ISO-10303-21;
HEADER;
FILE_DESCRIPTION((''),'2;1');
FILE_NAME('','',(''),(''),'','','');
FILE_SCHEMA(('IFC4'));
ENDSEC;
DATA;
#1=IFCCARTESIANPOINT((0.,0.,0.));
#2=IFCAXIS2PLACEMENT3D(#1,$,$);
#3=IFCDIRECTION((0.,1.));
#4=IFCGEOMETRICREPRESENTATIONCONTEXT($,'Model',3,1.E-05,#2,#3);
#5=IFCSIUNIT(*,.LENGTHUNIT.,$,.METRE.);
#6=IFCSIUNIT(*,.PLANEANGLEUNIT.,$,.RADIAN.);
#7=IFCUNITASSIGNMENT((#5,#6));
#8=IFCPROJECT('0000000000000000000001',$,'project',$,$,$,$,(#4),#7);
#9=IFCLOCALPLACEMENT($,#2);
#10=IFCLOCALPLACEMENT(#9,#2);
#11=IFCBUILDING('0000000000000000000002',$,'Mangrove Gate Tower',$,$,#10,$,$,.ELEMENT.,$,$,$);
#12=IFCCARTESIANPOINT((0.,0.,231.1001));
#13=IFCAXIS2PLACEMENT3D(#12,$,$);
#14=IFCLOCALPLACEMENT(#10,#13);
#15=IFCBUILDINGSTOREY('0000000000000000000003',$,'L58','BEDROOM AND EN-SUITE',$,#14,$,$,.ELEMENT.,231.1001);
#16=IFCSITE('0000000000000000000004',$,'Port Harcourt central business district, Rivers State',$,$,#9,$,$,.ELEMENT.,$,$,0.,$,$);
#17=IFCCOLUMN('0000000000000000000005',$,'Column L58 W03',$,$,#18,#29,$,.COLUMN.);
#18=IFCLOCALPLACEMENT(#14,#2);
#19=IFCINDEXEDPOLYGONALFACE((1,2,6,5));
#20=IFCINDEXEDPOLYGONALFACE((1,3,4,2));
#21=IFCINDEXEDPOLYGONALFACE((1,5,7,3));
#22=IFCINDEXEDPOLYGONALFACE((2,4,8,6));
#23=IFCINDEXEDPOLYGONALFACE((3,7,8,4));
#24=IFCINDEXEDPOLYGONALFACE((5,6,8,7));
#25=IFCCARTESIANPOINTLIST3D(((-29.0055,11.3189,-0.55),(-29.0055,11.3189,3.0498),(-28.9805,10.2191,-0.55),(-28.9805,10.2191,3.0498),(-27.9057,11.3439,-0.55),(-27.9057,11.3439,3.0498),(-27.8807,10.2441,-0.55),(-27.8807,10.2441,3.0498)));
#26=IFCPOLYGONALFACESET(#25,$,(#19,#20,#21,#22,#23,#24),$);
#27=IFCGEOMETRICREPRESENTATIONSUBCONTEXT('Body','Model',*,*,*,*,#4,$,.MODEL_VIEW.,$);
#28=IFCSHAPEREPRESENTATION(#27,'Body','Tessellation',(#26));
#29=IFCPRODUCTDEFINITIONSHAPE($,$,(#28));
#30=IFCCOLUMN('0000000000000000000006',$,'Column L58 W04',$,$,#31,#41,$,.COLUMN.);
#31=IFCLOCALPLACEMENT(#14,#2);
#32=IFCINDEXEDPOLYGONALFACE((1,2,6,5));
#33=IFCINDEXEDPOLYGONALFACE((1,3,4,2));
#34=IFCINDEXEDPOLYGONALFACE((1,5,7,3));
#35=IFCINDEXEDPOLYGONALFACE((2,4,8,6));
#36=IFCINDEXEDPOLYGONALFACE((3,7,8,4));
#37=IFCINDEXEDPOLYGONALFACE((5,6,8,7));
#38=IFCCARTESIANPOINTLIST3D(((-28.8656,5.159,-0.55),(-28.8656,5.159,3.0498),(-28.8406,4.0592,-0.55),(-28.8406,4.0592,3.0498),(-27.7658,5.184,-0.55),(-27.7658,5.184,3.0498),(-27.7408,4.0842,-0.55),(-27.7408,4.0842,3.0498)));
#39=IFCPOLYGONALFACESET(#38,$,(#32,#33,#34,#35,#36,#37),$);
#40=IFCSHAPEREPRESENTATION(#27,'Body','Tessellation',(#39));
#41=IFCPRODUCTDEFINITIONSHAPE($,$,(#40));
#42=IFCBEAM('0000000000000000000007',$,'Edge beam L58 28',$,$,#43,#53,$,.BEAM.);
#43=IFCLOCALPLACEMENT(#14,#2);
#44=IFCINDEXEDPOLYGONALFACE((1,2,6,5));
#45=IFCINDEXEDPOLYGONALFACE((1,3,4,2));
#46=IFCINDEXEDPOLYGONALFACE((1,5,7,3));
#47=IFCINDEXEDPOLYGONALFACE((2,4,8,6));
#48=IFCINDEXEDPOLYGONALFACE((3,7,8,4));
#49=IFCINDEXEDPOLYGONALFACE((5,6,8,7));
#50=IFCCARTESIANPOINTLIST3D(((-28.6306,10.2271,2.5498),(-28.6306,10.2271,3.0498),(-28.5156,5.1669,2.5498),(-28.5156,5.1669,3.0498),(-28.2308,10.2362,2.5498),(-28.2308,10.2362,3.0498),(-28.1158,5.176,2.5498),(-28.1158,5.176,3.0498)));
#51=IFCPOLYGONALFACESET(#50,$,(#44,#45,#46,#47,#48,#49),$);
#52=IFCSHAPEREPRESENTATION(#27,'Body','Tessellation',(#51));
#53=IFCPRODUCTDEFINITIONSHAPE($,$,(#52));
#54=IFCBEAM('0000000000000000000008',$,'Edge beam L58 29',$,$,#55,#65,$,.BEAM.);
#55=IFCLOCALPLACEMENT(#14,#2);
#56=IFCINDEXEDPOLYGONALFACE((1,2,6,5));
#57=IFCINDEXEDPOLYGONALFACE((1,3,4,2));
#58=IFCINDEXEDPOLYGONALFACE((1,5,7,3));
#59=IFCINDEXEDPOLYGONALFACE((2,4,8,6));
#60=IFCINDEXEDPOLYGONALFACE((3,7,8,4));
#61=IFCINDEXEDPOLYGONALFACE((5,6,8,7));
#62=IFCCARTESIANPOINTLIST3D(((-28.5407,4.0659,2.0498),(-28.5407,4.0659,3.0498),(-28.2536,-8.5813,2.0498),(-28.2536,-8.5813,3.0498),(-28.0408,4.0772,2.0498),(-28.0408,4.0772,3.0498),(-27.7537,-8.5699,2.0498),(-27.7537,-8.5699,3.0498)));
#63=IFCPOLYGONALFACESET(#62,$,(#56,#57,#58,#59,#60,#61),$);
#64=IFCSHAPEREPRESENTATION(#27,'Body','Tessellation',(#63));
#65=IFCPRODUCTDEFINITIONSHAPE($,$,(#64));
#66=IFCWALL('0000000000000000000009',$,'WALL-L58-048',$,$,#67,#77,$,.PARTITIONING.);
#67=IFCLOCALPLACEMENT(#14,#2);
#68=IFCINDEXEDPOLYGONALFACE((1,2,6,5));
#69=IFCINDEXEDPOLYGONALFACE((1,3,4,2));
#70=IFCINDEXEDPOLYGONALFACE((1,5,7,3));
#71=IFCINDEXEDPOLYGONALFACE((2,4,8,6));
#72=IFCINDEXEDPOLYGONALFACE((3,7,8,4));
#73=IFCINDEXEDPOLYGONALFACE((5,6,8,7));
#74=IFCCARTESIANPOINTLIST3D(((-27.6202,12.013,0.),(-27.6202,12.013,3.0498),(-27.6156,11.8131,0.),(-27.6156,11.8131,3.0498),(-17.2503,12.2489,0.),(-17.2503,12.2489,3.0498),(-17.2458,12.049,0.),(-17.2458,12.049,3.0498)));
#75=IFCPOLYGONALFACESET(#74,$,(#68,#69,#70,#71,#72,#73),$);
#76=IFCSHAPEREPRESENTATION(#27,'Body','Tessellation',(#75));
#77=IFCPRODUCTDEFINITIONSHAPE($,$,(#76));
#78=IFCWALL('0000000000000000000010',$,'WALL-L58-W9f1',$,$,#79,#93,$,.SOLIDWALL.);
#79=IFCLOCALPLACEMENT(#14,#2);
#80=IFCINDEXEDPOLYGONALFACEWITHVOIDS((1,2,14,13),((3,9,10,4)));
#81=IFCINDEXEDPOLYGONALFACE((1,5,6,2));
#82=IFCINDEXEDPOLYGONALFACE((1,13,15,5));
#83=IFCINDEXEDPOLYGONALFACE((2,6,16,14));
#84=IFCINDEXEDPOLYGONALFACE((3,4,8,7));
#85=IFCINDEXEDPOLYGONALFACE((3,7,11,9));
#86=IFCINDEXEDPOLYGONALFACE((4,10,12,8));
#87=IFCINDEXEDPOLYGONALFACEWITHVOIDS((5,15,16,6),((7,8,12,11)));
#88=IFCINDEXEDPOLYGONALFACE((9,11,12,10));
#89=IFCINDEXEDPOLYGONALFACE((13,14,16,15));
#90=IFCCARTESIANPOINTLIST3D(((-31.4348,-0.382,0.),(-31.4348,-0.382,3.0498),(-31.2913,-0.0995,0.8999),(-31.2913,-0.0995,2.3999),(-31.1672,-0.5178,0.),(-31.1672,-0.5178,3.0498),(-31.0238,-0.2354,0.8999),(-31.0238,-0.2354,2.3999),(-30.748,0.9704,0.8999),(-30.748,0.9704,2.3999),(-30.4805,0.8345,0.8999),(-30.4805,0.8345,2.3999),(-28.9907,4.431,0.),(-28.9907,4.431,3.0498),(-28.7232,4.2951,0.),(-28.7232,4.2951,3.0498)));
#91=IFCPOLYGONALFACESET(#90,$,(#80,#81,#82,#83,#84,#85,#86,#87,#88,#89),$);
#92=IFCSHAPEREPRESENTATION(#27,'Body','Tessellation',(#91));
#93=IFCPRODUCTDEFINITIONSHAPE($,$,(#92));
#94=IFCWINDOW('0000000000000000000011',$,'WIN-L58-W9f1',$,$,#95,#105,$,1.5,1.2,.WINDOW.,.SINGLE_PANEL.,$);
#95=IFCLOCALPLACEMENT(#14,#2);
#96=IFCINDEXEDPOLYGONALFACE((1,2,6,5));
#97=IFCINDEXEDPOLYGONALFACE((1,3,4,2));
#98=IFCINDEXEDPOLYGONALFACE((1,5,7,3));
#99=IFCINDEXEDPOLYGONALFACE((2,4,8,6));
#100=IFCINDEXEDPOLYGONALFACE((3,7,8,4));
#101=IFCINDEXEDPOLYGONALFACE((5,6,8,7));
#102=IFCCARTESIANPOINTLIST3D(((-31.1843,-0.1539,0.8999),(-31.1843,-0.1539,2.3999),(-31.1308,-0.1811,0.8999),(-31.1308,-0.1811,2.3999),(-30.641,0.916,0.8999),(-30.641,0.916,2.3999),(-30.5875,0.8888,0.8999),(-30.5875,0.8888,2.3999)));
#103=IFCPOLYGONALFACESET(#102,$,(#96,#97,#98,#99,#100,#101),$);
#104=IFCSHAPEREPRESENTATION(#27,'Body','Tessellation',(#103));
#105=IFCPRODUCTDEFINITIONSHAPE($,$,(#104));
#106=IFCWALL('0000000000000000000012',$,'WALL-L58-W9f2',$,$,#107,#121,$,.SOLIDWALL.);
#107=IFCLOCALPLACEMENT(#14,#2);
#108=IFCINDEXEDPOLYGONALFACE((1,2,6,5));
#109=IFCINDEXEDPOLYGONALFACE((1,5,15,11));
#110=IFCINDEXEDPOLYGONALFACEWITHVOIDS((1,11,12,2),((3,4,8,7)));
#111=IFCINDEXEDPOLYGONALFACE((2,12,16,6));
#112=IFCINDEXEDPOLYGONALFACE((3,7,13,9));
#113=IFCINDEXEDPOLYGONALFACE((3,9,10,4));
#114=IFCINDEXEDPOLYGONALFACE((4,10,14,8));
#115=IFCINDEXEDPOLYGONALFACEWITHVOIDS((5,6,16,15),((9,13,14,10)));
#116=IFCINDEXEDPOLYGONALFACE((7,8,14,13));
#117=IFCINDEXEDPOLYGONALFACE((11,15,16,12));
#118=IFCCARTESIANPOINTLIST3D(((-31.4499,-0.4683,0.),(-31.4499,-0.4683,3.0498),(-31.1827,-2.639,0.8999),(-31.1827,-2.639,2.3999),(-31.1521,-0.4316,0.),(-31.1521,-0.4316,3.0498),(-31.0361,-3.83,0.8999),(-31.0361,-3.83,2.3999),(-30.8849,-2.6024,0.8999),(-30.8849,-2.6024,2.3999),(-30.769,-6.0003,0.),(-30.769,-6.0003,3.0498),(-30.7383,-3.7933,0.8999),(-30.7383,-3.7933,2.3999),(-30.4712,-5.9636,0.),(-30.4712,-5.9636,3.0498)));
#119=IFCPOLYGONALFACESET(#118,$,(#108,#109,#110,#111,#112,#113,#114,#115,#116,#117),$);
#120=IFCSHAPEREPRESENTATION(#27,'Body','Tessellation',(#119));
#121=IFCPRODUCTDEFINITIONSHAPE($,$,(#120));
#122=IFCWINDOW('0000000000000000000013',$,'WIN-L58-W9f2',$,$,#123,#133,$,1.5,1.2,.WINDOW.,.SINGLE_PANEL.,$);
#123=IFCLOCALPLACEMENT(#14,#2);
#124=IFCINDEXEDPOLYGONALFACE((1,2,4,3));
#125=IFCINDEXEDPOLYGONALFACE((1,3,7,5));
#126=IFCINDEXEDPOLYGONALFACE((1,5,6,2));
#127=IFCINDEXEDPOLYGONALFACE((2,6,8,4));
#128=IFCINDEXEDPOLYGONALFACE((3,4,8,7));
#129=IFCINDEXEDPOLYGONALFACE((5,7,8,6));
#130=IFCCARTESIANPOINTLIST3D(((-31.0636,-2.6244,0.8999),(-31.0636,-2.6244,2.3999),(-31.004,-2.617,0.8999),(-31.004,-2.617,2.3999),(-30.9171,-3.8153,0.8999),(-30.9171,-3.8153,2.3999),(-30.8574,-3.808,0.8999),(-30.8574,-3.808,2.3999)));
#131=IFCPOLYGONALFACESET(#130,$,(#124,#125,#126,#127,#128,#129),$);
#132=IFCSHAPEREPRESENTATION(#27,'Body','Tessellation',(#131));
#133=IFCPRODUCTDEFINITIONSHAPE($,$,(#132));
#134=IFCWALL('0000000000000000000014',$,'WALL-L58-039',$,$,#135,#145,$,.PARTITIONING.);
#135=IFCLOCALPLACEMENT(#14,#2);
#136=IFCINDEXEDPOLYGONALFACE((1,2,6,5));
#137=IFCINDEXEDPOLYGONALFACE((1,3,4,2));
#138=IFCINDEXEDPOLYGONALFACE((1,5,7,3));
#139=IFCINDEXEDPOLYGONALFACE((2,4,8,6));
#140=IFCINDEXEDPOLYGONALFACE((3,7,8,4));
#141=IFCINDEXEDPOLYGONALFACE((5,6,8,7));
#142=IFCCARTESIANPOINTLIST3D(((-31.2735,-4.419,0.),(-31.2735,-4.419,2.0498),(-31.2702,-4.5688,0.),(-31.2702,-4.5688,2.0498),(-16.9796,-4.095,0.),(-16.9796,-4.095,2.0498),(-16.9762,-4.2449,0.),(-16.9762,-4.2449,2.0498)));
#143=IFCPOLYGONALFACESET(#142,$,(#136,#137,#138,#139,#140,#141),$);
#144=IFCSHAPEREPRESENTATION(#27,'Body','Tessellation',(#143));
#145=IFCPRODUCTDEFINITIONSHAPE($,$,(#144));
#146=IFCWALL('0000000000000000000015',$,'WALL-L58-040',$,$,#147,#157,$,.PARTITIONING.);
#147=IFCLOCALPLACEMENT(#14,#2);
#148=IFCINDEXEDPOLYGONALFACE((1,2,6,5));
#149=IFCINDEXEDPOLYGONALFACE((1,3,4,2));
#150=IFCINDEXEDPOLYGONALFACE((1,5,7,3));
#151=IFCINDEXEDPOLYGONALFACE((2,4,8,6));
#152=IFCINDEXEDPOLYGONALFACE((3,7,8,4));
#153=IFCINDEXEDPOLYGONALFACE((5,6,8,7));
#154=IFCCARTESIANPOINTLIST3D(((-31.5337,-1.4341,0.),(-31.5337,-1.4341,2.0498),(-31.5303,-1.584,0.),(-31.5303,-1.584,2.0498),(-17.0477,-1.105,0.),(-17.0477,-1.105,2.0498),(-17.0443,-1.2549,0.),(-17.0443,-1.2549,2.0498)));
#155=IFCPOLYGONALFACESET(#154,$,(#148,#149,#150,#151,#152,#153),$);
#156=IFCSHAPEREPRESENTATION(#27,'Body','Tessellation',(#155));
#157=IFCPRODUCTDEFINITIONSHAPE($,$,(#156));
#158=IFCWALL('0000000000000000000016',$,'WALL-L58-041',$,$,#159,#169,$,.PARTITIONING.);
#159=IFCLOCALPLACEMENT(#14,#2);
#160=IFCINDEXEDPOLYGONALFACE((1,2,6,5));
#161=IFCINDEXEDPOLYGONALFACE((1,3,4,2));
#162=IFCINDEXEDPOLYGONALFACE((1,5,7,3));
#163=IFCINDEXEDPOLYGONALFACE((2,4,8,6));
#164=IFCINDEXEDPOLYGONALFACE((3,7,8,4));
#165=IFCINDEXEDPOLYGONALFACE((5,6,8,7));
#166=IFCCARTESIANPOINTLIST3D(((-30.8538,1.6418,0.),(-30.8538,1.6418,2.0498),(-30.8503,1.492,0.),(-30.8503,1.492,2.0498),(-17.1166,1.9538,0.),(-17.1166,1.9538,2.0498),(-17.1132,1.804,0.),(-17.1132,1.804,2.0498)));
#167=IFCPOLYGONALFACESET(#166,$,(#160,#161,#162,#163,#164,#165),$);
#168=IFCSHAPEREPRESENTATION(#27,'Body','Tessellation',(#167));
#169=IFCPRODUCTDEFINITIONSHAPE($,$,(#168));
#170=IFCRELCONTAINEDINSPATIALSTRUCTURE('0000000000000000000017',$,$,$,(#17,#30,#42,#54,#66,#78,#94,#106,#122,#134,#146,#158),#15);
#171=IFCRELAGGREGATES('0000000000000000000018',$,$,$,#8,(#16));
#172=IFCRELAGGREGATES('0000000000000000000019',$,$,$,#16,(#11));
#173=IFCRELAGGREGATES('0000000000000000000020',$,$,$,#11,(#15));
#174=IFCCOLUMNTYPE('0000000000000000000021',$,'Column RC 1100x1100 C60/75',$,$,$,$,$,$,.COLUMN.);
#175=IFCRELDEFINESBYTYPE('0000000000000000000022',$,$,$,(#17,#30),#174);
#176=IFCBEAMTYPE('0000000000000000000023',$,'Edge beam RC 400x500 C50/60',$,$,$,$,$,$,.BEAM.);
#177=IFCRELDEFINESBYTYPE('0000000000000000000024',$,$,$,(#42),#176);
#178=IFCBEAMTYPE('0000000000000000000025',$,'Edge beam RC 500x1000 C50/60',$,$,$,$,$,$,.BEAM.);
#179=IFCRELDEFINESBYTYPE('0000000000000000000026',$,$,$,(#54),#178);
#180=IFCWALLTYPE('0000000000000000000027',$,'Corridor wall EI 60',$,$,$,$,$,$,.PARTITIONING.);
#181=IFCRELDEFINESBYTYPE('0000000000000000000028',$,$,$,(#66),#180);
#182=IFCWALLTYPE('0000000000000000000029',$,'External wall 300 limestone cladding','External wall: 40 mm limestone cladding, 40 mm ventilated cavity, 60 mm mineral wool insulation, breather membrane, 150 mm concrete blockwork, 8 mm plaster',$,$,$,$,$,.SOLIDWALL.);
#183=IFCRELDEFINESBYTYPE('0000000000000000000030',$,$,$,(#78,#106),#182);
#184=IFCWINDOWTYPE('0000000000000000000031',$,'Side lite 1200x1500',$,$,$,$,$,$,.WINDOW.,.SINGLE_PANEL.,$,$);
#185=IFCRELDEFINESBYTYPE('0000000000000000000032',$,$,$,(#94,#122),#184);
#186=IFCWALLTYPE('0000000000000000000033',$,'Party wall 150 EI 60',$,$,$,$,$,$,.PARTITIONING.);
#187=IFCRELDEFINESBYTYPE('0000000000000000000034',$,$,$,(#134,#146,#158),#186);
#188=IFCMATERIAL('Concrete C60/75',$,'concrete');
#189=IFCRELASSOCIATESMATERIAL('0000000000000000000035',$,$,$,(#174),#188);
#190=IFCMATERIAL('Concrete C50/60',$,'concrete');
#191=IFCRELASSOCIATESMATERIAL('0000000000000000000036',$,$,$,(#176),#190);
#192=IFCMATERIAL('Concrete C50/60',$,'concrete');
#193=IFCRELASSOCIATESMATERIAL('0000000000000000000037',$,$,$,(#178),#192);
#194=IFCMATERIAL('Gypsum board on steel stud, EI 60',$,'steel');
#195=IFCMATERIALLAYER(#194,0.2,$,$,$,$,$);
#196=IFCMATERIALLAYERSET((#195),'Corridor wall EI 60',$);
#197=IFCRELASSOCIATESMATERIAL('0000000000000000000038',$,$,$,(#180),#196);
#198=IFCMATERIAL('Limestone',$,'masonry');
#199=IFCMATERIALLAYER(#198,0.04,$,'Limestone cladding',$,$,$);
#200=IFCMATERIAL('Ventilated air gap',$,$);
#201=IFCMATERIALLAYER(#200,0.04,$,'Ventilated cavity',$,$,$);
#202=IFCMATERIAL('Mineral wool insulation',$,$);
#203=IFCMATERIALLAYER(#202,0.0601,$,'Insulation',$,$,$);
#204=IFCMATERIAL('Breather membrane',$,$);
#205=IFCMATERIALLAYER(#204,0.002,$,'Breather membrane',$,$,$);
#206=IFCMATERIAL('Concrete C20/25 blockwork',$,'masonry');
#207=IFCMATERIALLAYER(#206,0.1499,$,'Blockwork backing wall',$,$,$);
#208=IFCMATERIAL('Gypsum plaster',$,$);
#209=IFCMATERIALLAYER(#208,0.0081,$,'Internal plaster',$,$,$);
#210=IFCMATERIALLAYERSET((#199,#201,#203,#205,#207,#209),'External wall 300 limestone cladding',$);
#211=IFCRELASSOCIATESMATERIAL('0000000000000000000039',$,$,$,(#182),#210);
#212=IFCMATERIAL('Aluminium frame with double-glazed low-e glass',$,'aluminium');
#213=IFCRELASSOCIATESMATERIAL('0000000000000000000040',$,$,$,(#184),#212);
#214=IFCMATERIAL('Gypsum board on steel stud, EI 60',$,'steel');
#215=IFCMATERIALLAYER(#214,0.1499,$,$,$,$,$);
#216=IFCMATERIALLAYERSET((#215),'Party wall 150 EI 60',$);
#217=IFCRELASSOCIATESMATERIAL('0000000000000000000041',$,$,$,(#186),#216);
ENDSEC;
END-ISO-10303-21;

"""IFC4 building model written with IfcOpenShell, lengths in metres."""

from ifc_helpers import new_model, si_unit, direction, frame, frame_2d, origin, origin_2d, place, context, subcontext, project, spatial, rectangle, extrude, material, layer, layer_set, material_profile, profile_set, type_object, element, fill, save


model = new_model("IFC4")

# Units and contexts
model_context = context("Model", 3, precision=1e-05, world=origin(), true_north=direction((0.0, 1.0)))
body_context = subcontext(model_context, "Body", "Model", "MODEL_VIEW")
ifc_project = project(units=[si_unit("LENGTHUNIT", "METRE"), si_unit("PLANEANGLEUNIT", "RADIAN")], contexts=[model_context])

# Site, building, storey
site_placement = place(None, origin())
site = spatial("IfcSite", under=ifc_project, at=site_placement, Name="Port Harcourt central business district, Rivers State", CompositionType="ELEMENT", RefElevation=0.0)
building_placement = place(site_placement, origin())
building = spatial("IfcBuilding", under=site, at=building_placement, Name="Mangrove Gate Tower", CompositionType="ELEMENT")
storey_placement = place(building_placement, frame((0.0, 0.0, 231.1001)))
storey = spatial("IfcBuildingStorey", under=building, at=storey_placement, Name="L58", Description="BEDROOM AND EN-SUITE", CompositionType="ELEMENT", Elevation=231.1001)

# Columns
ifc_material_1 = material(Name="Concrete C60/75", Category="concrete")
ifc_material_profile_1 = material_profile(ifc_material_1, rectangle(XDim=1.1001, YDim=1.1001, at=origin_2d()))
ifc_profile_set_1 = profile_set([ifc_material_profile_1], Name="Concrete C60/75")
column_type = type_object("IfcColumnType", Name="Column RC 1100x1100 C60/75", PredefinedType="COLUMN", material=ifc_profile_set_1)
for number, where, z_axis, x_axis, name in (
    (1, (-28.4431, 10.7815, -0.55), (0.0, 0.0, 1.0), (0.02272, -0.999742, 0.0), "Column L58 W03"),
    (2, (-28.3032, 4.6216, -0.55), (0.0, 0.0, 1.0), (0.0227, -0.999742, 0.0), "Column L58 W04"),
):
    element("IfcColumn", number, at=place(storey_placement, frame(where, z_axis=z_axis, x_axis=x_axis)), inside=storey, type_object=column_type, Name=name, PredefinedType="COLUMN", context=body_context, shape_type="SweptSolid", body=[
        extrude(rectangle(XDim=1.1001, YDim=1.1001, at=origin_2d()), origin(), (0.0, 0.0, 1.0), 3.5999),
    ])

# Beams
ifc_material_2 = material(Name="Concrete C50/60", Category="concrete")
ifc_material_profile_2 = material_profile(ifc_material_2, rectangle(XDim=0.3999, YDim=0.5, at=origin_2d()))
ifc_profile_set_2 = profile_set([ifc_material_profile_2], Name="Concrete C50/60")
beam_type_1 = type_object("IfcBeamType", Name="Edge beam RC 400x500 C50/60", PredefinedType="BEAM", material=ifc_profile_set_2)
beam_1_placement = place(storey_placement, frame((-28.4307, 10.2317, 2.7998), z_axis=(0.022718, -0.999742, 0.0), x_axis=(0.999742, 0.022718, 0.0)))
element("IfcBeam", 3, at=beam_1_placement, inside=storey, type_object=beam_type_1, Name="Edge beam L58 28", PredefinedType="BEAM", context=body_context, shape_type="SweptSolid", body=[
    extrude(rectangle(XDim=0.3999, YDim=0.5, at=origin_2d()), origin(), (0.0, 0.0, 1.0), 5.0615),
])
ifc_material_3 = material(Name="Concrete C50/60", Category="concrete")
ifc_material_profile_3 = material_profile(ifc_material_3, rectangle(XDim=0.5, YDim=1.0, at=origin_2d()))
ifc_profile_set_3 = profile_set([ifc_material_profile_3], Name="Concrete C50/60")
beam_type_2 = type_object("IfcBeamType", Name="Edge beam RC 500x1000 C50/60", PredefinedType="BEAM", material=ifc_profile_set_3)
beam_2_placement = place(storey_placement, frame((-28.2908, 4.0715, 2.5498), z_axis=(0.022696, -0.999742, 0.0), x_axis=(0.999742, 0.022696, 0.0)))
element("IfcBeam", 4, at=beam_2_placement, inside=storey, type_object=beam_type_2, Name="Edge beam L58 29", PredefinedType="BEAM", context=body_context, shape_type="SweptSolid", body=[
    extrude(rectangle(XDim=0.5, YDim=1.0, at=origin_2d()), origin(), (0.0, 0.0, 1.0), 12.6504),
])

# Wall
ifc_material_4 = material(Name="Gypsum board on steel stud, EI 60", Category="steel")
ifc_layer_1 = layer(ifc_material_4, 0.2)
ifc_layer_set_1 = layer_set([ifc_layer_1], Name="Corridor wall EI 60")
wall_type_1 = type_object("IfcWallType", Name="Corridor wall EI 60", PredefinedType="PARTITIONING", material=ifc_layer_set_1)
wall_1_placement = place(storey_placement, frame((-27.6179, 11.9131, 0.0), z_axis=(0.0, 0.0, 1.0), x_axis=(0.999741, 0.022737, 0.0)))
element("IfcWall", 5, at=wall_1_placement, inside=storey, type_object=wall_type_1, Name="WALL-L58-048", PredefinedType="PARTITIONING", context=body_context, shape_type="SweptSolid", body=[
    extrude(rectangle(XDim=10.3726, YDim=0.2, at=frame_2d((5.1863, 0.0))), origin(), (0.0, 0.0, 1.0), 3.0498),
])

# Walls, openings, windows
ifc_material_5 = material(Name="Limestone", Category="masonry")
ifc_layer_2 = layer(ifc_material_5, 0.04, Name="Limestone cladding")
ifc_material_6 = material(Name="Ventilated air gap")
ifc_layer_3 = layer(ifc_material_6, 0.04, Name="Ventilated cavity")
ifc_material_7 = material(Name="Mineral wool insulation")
ifc_layer_4 = layer(ifc_material_7, 0.0601, Name="Insulation")
ifc_material_8 = material(Name="Breather membrane")
ifc_layer_5 = layer(ifc_material_8, 0.002, Name="Breather membrane")
ifc_material_9 = material(Name="Concrete C20/25 blockwork", Category="masonry")
ifc_layer_6 = layer(ifc_material_9, 0.1499, Name="Blockwork backing wall")
ifc_material_10 = material(Name="Gypsum plaster")
ifc_layer_7 = layer(ifc_material_10, 0.0081, Name="Internal plaster")
ifc_layer_set_2 = layer_set([ifc_layer_2, ifc_layer_3, ifc_layer_4, ifc_layer_5, ifc_layer_6, ifc_layer_7], Name="External wall 300 limestone cladding")
wall_type_2 = type_object("IfcWallType", Name="External wall 300 limestone cladding", Description="External wall: 40 mm limestone cladding, 40 mm ventilated cavity, 60 mm mineral wool insulation, breather membrane, 150 mm concrete blockwork, 8 mm plaster", PredefinedType="SOLIDWALL", material=ifc_layer_set_2)
wall_2_placement = place(storey_placement, frame((-28.8569, 4.363, 0.0), z_axis=(0.0, 0.0, 1.0), x_axis=(-0.452777, -0.891624, 0.0)))
wall_2 = element("IfcWall", 6, at=wall_2_placement, inside=storey, type_object=wall_type_2, Name="WALL-L58-W9f1", PredefinedType="SOLIDWALL", context=body_context, shape_type="SweptSolid", body=[
    extrude(rectangle(XDim=5.3979, YDim=0.3, at=frame_2d((2.699, 0.0))), origin(), (0.0, 0.0, 1.0), 3.0498),
])
opening_1_placement = place(wall_2_placement, frame((3.8811, 0.0, 0.8999)))
opening_1 = element("IfcOpeningElement", 7, at=opening_1_placement, cuts=wall_2, PredefinedType="OPENING", context=body_context, shape_type="SweptSolid", body=[
    extrude(rectangle(XDim=1.2, YDim=1.5, at=frame_2d((0.6001, 0.75))), frame((0.0, 0.1599, 0.0), z_axis=(0.0, -1.0, 0.0), x_axis=(1.0, 0.0, 0.0)), (0.0, 0.0, 1.0), 0.3201),
])
ifc_material_11 = material(Name="Aluminium frame with double-glazed low-e glass", Category="aluminium")
window_type = type_object("IfcWindowType", Name="Side lite 1200x1500", PartitioningType="SINGLE_PANEL", PredefinedType="WINDOW", material=ifc_material_11)
window_1_placement = place(opening_1_placement, origin())
window_1 = element("IfcWindow", 8, at=window_1_placement, inside=storey, type_object=window_type, Name="WIN-L58-W9f1", OverallHeight=1.5, OverallWidth=1.2, PartitioningType="SINGLE_PANEL", PredefinedType="WINDOW", context=body_context, shape_type="SweptSolid", body=[
    extrude(rectangle(XDim=1.2, YDim=1.5, at=frame_2d((0.6001, 0.75))), frame((0.0, 0.03, 0.0), z_axis=(0.0, -1.0, 0.0), x_axis=(1.0, 0.0, 0.0)), (0.0, 0.0, 1.0), 0.0601),
])
fill(opening_1, window_1)
wall_3_placement = place(storey_placement, frame((-31.301, -0.45, 0.0), z_axis=(0.0, 0.0, 1.0), x_axis=(0.122164, -0.99251, 0.0)))
wall_3 = element("IfcWall", 9, at=wall_3_placement, inside=storey, type_object=wall_type_2, Name="WALL-L58-W9f2", PredefinedType="SOLIDWALL", context=body_context, shape_type="SweptSolid", body=[
    extrude(rectangle(XDim=5.5737, YDim=0.3, at=frame_2d((2.7869, 0.0))), origin(), (0.0, 0.0, 1.0), 3.0498),
])
opening_2_placement = place(wall_3_placement, frame((2.187, 0.0, 0.8999)))
opening_2 = element("IfcOpeningElement", 10, at=opening_2_placement, cuts=wall_3, PredefinedType="OPENING", context=body_context, shape_type="SweptSolid", body=[
    extrude(rectangle(XDim=1.2, YDim=1.5, at=frame_2d((0.6001, 0.75))), frame((0.0, 0.1599, 0.0), z_axis=(0.0, -1.0, 0.0), x_axis=(1.0, 0.0, 0.0)), (0.0, 0.0, 1.0), 0.3201),
])
window_2_placement = place(opening_2_placement, origin())
window_2 = element("IfcWindow", 11, at=window_2_placement, inside=storey, type_object=window_type, Name="WIN-L58-W9f2", OverallHeight=1.5, OverallWidth=1.2, PartitioningType="SINGLE_PANEL", PredefinedType="WINDOW", context=body_context, shape_type="SweptSolid", body=[
    extrude(rectangle(XDim=1.2, YDim=1.5, at=frame_2d((0.6001, 0.75))), frame((0.0, 0.03, 0.0), z_axis=(0.0, -1.0, 0.0), x_axis=(1.0, 0.0, 0.0)), (0.0, 0.0, 1.0), 0.0601),
])
fill(opening_2, window_2)

# Walls
ifc_material_12 = material(Name="Gypsum board on steel stud, EI 60", Category="steel")
ifc_layer_8 = layer(ifc_material_12, 0.1499)
ifc_layer_set_3 = layer_set([ifc_layer_8], Name="Party wall 150 EI 60")
wall_type_3 = type_object("IfcWallType", Name="Party wall 150 EI 60", PredefinedType="PARTITIONING", material=ifc_layer_set_3)
wall_4_placement = place(storey_placement, frame((-31.272, -4.4939, 0.0), z_axis=(0.0, 0.0, 1.0), x_axis=(0.999743, 0.022659, 0.0)))
element("IfcWall", 12, at=wall_4_placement, inside=storey, type_object=wall_type_3, Name="WALL-L58-039", PredefinedType="PARTITIONING", context=body_context, shape_type="SweptSolid", body=[
    extrude(rectangle(XDim=14.2976, YDim=0.1499, at=frame_2d((7.1489, 0.0))), origin(), (0.0, 0.0, 1.0), 2.0498),
])
wall_5_placement = place(storey_placement, frame((-31.532, -1.509, 0.0), z_axis=(0.0, 0.0, 1.0), x_axis=(0.999742, 0.022713, 0.0)))
element("IfcWall", 13, at=wall_5_placement, inside=storey, type_object=wall_type_3, Name="WALL-L58-040", PredefinedType="PARTITIONING", context=body_context, shape_type="SweptSolid", body=[
    extrude(rectangle(XDim=14.4897, YDim=0.1499, at=frame_2d((7.2449, 0.0))), origin(), (0.0, 0.0, 1.0), 2.0498),
])
wall_6_placement = place(storey_placement, frame((-30.8521, 1.5669, 0.0), z_axis=(0.0, 0.0, 1.0), x_axis=(0.999742, 0.022707, 0.0)))
element("IfcWall", 14, at=wall_6_placement, inside=storey, type_object=wall_type_3, Name="WALL-L58-041", PredefinedType="PARTITIONING", context=body_context, shape_type="SweptSolid", body=[
    extrude(rectangle(XDim=13.7407, YDim=0.1499, at=frame_2d((6.8704, 0.0))), origin(), (0.0, 0.0, 1.0), 2.0498),
])

save(model, "model.ifc")
